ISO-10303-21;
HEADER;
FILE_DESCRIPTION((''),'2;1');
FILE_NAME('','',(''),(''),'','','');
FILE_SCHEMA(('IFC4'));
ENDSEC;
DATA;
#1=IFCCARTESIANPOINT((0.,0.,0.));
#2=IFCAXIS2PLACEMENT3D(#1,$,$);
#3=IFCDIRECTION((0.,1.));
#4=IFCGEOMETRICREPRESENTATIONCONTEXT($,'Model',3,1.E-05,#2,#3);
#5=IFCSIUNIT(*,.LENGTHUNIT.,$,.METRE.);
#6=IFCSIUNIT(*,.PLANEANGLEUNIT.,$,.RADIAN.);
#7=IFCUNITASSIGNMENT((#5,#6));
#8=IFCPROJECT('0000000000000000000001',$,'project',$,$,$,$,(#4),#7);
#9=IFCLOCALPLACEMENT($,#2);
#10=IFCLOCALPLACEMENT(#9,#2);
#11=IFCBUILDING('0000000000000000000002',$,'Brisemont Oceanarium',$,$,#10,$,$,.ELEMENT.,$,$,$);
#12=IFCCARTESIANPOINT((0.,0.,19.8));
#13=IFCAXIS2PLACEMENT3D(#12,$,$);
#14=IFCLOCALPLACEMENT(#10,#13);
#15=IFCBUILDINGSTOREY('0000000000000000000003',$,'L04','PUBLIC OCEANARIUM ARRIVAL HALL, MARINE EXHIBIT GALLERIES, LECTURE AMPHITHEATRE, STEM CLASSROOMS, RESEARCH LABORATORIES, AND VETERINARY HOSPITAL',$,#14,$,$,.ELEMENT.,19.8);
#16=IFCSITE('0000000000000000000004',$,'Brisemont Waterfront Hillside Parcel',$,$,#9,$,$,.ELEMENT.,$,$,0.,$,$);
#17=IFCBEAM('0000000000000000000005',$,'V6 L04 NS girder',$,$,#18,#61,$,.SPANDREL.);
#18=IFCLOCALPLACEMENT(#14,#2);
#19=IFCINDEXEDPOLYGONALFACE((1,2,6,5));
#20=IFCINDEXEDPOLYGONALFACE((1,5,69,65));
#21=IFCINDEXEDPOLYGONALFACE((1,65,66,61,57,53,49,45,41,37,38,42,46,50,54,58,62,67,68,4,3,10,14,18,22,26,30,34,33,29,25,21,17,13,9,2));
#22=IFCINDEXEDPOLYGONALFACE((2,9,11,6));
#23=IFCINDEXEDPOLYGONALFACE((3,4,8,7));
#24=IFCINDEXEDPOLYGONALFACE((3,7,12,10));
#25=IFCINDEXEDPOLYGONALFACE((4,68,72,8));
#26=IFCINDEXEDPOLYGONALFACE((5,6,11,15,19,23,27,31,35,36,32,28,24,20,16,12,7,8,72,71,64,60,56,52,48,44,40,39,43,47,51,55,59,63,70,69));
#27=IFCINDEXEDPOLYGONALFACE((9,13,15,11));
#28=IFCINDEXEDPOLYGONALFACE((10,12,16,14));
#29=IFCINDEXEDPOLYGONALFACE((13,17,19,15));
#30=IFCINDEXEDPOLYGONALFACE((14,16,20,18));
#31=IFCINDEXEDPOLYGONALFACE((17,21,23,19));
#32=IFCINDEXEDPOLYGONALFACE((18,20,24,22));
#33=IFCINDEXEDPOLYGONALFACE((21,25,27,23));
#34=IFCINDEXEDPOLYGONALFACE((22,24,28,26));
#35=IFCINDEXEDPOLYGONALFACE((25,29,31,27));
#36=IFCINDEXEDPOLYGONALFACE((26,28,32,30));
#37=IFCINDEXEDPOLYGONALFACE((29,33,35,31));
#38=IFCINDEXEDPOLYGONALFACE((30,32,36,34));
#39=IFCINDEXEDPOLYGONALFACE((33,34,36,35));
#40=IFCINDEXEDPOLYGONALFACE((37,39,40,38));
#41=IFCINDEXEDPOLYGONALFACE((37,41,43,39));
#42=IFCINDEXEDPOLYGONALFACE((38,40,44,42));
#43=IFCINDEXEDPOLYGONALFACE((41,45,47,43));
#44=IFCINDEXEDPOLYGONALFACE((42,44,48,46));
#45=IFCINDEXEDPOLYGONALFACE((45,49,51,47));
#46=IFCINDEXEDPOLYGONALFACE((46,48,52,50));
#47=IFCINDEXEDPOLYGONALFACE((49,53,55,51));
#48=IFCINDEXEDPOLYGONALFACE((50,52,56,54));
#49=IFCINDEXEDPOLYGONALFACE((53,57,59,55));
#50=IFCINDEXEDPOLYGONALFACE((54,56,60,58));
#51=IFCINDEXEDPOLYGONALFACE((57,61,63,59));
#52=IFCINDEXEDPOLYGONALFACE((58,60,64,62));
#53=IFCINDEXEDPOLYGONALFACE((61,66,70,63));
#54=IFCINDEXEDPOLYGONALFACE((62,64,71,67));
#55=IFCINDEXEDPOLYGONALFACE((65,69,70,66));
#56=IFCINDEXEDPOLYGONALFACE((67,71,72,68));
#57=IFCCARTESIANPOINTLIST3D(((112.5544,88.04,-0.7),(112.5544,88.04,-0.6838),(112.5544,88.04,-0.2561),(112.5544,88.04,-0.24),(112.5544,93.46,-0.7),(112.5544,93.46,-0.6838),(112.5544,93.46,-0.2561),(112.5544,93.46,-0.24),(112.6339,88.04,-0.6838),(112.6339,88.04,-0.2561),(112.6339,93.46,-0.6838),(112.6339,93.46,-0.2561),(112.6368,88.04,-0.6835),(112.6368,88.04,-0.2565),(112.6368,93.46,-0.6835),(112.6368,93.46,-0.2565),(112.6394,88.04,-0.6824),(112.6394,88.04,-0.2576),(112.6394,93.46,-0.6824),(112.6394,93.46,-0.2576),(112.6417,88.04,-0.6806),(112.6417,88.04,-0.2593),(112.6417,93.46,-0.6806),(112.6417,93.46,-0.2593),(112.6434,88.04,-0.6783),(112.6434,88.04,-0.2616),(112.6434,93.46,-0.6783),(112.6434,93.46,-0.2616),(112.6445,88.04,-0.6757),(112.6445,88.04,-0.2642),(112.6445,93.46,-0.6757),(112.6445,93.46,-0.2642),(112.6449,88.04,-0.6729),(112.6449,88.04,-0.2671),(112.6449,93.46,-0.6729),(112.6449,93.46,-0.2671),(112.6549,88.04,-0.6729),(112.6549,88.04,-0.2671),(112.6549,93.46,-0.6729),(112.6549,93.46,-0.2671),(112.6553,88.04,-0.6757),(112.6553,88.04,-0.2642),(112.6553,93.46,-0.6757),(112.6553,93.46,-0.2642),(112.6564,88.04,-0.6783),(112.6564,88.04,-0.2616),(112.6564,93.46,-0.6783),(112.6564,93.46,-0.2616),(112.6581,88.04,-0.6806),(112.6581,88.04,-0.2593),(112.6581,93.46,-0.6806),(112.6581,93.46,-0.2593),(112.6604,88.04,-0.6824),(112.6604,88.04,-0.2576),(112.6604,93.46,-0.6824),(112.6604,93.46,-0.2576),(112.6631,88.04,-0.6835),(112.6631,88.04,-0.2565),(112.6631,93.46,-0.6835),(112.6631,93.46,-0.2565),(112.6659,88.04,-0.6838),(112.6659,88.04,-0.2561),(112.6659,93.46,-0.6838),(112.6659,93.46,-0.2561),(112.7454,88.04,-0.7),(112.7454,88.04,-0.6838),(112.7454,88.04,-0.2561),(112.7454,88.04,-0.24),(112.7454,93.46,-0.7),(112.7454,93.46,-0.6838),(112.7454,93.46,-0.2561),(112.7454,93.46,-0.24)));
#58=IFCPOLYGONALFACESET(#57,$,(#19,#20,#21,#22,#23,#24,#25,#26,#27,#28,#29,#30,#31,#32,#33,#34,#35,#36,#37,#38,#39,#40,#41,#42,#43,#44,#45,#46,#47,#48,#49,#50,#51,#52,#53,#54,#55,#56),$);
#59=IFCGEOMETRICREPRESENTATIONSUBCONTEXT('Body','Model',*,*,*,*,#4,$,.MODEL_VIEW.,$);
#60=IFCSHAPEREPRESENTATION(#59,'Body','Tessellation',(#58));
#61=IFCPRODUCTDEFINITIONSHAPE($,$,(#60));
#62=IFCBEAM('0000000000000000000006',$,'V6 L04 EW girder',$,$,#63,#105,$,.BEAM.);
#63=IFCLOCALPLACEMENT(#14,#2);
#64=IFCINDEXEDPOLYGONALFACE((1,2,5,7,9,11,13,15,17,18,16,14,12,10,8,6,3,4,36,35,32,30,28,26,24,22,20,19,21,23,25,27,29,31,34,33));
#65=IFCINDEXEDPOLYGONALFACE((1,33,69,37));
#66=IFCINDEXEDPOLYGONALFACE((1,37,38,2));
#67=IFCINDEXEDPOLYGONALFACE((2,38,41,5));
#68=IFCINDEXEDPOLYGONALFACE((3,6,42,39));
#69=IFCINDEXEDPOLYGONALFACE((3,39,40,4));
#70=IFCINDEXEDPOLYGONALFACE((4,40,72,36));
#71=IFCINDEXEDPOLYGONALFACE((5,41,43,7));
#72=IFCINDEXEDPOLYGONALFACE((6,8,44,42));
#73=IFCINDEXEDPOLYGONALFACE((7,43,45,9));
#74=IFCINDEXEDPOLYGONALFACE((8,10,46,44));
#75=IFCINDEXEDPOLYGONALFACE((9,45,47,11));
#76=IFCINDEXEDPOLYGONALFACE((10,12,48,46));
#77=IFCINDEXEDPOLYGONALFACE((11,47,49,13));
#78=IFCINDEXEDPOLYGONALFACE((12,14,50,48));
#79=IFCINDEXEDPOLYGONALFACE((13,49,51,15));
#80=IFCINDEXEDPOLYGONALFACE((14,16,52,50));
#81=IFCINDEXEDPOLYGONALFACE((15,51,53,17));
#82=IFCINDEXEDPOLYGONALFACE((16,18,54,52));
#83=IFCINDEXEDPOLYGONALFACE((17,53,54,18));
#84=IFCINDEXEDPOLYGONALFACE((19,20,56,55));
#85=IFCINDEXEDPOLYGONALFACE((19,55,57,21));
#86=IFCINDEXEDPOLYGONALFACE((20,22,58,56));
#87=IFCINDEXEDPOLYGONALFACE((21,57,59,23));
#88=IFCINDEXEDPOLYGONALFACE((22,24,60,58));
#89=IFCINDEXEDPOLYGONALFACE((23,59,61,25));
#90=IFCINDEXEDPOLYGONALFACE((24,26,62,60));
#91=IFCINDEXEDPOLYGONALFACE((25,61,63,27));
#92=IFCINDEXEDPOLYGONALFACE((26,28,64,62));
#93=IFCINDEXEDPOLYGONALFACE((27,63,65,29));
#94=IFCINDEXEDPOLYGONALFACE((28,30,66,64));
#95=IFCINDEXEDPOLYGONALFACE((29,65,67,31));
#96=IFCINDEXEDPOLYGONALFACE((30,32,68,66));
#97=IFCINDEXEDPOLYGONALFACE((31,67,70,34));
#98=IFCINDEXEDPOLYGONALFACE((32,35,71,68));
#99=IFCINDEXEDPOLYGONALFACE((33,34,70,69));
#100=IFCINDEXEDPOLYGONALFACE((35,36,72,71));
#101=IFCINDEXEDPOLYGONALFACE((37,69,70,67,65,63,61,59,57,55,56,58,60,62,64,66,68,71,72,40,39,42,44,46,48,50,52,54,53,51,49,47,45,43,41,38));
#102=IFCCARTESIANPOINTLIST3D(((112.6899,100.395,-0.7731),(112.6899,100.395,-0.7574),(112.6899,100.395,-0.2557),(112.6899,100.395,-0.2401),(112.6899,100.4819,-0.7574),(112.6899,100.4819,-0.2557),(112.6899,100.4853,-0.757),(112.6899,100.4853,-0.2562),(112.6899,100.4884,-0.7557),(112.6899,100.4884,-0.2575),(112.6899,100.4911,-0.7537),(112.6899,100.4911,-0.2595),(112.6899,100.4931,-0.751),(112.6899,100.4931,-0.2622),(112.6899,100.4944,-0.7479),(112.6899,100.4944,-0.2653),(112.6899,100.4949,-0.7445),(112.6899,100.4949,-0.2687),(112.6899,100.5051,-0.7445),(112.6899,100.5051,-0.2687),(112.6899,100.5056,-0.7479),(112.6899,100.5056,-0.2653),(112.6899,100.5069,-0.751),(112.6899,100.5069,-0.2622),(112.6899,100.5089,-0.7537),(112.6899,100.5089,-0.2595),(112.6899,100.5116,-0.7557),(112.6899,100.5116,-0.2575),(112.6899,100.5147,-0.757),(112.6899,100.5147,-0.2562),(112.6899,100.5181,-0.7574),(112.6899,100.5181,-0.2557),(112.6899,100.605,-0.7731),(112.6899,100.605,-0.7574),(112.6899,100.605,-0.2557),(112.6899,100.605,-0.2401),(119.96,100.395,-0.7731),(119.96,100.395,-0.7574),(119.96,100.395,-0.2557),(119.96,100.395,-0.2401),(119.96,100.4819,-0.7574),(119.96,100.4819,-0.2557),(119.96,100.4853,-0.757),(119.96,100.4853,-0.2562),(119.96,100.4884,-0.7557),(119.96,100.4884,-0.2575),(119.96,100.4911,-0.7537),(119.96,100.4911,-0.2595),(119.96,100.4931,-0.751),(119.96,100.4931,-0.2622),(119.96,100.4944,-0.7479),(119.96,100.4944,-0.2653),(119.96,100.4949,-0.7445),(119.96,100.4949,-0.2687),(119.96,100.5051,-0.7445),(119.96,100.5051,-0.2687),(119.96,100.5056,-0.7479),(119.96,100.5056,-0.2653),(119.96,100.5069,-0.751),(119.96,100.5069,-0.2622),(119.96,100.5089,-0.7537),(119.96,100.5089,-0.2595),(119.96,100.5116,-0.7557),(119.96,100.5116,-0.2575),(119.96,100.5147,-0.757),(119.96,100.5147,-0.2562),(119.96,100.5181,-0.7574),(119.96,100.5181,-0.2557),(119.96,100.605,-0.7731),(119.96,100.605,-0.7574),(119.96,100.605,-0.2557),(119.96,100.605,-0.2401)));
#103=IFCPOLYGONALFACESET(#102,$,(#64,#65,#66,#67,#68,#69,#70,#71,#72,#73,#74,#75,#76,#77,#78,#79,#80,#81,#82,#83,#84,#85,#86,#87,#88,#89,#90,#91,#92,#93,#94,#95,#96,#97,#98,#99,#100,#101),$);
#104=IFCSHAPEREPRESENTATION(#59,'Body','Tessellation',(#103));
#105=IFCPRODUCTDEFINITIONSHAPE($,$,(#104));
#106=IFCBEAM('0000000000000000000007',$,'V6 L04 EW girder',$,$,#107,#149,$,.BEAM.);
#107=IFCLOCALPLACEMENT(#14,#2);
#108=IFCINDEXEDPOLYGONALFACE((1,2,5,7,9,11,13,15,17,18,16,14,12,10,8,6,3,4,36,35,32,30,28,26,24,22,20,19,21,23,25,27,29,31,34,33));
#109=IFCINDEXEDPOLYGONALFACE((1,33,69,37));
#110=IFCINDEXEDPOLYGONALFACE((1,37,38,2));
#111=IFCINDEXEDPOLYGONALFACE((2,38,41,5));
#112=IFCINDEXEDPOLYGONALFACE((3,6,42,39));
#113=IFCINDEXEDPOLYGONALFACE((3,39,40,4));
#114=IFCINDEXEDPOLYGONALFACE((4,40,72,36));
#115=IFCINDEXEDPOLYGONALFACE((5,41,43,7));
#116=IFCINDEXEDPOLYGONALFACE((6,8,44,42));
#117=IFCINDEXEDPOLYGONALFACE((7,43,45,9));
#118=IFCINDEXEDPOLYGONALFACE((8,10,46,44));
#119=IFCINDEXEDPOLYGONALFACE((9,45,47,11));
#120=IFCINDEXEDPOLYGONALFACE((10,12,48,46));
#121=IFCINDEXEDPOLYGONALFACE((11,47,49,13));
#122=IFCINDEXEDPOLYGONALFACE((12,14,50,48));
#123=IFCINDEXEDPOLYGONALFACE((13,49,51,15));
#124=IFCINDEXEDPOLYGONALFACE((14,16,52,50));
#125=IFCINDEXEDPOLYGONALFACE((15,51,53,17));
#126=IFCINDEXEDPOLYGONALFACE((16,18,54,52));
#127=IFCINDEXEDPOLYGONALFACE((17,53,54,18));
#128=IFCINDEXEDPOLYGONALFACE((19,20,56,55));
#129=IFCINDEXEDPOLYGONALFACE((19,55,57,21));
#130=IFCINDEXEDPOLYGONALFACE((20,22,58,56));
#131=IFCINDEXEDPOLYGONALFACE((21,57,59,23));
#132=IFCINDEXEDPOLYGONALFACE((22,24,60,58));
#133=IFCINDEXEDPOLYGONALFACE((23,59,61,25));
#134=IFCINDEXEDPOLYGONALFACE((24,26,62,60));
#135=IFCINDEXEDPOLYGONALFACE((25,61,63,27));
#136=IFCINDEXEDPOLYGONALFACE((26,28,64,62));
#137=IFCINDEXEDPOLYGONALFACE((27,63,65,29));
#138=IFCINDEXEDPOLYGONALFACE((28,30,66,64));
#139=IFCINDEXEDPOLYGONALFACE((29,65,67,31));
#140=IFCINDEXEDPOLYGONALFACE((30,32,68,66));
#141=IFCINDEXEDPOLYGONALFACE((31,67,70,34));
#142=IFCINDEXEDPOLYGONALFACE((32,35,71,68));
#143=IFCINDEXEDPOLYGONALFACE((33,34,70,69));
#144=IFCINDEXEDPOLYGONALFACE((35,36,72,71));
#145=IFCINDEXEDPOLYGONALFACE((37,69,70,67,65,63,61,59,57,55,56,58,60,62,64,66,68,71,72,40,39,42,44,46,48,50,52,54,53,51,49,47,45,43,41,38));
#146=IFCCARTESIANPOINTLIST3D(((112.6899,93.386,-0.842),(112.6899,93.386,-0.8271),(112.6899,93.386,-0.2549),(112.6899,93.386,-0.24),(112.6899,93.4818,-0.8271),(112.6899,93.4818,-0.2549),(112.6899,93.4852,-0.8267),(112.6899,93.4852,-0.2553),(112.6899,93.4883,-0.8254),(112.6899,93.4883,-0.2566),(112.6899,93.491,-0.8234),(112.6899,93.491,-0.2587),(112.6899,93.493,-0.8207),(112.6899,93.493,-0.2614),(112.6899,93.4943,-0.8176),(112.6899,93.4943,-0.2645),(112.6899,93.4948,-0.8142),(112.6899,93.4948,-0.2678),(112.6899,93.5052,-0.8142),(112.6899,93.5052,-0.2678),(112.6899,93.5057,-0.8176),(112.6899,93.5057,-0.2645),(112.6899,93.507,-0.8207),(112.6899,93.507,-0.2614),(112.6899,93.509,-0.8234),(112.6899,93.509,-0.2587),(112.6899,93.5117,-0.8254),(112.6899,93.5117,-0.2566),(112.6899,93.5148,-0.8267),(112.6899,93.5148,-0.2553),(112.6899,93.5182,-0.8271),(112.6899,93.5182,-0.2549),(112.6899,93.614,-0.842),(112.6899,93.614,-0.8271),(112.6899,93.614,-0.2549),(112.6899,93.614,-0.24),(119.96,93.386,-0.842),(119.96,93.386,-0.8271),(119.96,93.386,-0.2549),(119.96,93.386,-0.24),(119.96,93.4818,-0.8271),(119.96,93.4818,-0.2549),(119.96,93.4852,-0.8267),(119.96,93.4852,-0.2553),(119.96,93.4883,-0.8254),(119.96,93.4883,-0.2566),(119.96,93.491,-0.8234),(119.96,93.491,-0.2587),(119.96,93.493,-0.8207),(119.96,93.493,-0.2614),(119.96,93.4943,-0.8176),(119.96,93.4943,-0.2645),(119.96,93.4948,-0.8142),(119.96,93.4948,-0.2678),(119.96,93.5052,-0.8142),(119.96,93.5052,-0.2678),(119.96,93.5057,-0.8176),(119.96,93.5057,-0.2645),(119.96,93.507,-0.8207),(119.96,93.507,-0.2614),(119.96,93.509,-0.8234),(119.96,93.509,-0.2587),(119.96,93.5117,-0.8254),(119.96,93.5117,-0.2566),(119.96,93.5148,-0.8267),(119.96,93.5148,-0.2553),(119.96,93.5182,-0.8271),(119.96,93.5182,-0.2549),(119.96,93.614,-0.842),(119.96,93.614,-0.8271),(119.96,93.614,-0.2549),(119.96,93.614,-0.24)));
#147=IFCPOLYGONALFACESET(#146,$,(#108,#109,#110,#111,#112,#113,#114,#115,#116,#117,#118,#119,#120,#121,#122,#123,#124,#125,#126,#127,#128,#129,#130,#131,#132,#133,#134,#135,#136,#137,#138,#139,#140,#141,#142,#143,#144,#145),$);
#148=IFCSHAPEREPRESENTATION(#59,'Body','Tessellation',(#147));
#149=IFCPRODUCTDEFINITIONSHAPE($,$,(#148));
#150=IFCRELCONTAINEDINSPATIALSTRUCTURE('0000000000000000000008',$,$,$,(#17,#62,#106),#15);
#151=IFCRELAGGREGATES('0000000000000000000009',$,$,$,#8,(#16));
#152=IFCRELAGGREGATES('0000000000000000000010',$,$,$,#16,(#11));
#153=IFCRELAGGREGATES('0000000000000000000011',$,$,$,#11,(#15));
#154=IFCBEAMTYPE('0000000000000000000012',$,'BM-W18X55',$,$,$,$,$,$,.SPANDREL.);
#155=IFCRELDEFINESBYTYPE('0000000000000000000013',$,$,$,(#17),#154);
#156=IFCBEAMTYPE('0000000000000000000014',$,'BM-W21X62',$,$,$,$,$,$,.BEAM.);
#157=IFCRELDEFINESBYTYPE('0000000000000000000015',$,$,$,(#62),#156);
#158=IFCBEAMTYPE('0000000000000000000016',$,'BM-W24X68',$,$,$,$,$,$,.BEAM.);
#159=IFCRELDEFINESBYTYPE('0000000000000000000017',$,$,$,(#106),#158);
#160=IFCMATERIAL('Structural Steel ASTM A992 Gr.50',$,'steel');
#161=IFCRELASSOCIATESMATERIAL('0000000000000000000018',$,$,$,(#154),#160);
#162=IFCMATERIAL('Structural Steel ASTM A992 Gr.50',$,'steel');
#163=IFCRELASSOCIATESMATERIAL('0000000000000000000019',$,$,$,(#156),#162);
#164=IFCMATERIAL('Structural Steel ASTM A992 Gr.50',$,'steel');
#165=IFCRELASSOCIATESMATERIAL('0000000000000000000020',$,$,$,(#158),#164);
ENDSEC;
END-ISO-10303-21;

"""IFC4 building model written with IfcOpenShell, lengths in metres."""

from ifc_helpers import new_model, si_unit, direction, frame, origin, origin_2d, place, context, subcontext, project, spatial, i_section, extrude, material, material_profile, profile_set, type_object, element, save


model = new_model("IFC4")

# Units and contexts
model_context = context("Model", 3, precision=1e-05, world=origin(), true_north=direction((0.0, 1.0)))
body_context = subcontext(model_context, "Body", "Model", "MODEL_VIEW")
ifc_project = project(units=[si_unit("LENGTHUNIT", "METRE"), si_unit("PLANEANGLEUNIT", "RADIAN")], contexts=[model_context])

# Site, building, storey
site_placement = place(None, origin())
site = spatial("IfcSite", under=ifc_project, at=site_placement, Name="Brisemont Waterfront Hillside Parcel", CompositionType="ELEMENT", RefElevation=0.0)
building_placement = place(site_placement, origin())
building = spatial("IfcBuilding", under=site, at=building_placement, Name="Brisemont Oceanarium", CompositionType="ELEMENT")
storey_placement = place(building_placement, frame((0.0, 0.0, 19.8)))
storey = spatial("IfcBuildingStorey", under=building, at=storey_placement, Name="L04", Description="PUBLIC OCEANARIUM ARRIVAL HALL, MARINE EXHIBIT GALLERIES, LECTURE AMPHITHEATRE, STEM CLASSROOMS, RESEARCH LABORATORIES, AND VETERINARY HOSPITAL", CompositionType="ELEMENT", Elevation=19.8)

# Beams
ifc_material_1 = material(Name="Structural Steel ASTM A992 Gr.50", Category="steel")
ifc_material_profile_1 = material_profile(ifc_material_1, i_section(OverallWidth=0.1909, OverallDepth=0.46, WebThickness=0.01, FlangeThickness=0.0161, FilletRadius=0.011, at=origin_2d()), Name="W18X55")
ifc_profile_set_1 = profile_set([ifc_material_profile_1], Name="Structural Steel ASTM A992 Gr.50")
beam_type_1 = type_object("IfcBeamType", Name="BM-W18X55", PredefinedType="SPANDREL", material=ifc_profile_set_1)
beam_1_placement = place(storey_placement, frame((112.6499, 88.04, -0.47), z_axis=(0.0, 1.0, 0.0), x_axis=(-1.0, 0.0, 0.0)))
element("IfcBeam", 1, at=beam_1_placement, inside=storey, type_object=beam_type_1, Name="V6 L04 NS girder", PredefinedType="SPANDREL", context=body_context, shape_type="SweptSolid", body=[
    extrude(i_section(OverallWidth=0.1909, OverallDepth=0.46, WebThickness=0.01, FlangeThickness=0.0161, FilletRadius=0.011, at=origin_2d()), origin(), (0.0, 0.0, 1.0), 5.4199),
])
ifc_material_2 = material(Name="Structural Steel ASTM A992 Gr.50", Category="steel")
ifc_material_profile_2 = material_profile(ifc_material_2, i_section(OverallWidth=0.21, OverallDepth=0.533, WebThickness=0.0103, FlangeThickness=0.0156, FilletRadius=0.0129, at=origin_2d()), Name="W21X62")
ifc_profile_set_2 = profile_set([ifc_material_profile_2], Name="Structural Steel ASTM A992 Gr.50")
beam_type_2 = type_object("IfcBeamType", Name="BM-W21X62", PredefinedType="BEAM", material=ifc_profile_set_2)
beam_2_placement = place(storey_placement, frame((112.6899, 100.5, -0.5066), z_axis=(1.0, 0.0, 0.0), x_axis=(0.0, 1.0, 0.0)))
element("IfcBeam", 2, at=beam_2_placement, inside=storey, type_object=beam_type_2, Name="V6 L04 EW girder", PredefinedType="BEAM", context=body_context, shape_type="SweptSolid", body=[
    extrude(i_section(OverallWidth=0.21, OverallDepth=0.533, WebThickness=0.0103, FlangeThickness=0.0156, FilletRadius=0.0129, at=origin_2d()), origin(), (0.0, 0.0, 1.0), 7.27),
])
ifc_material_3 = material(Name="Structural Steel ASTM A992 Gr.50", Category="steel")
ifc_material_profile_3 = material_profile(ifc_material_3, i_section(OverallWidth=0.228, OverallDepth=0.6021, WebThickness=0.0105, FlangeThickness=0.0149, FilletRadius=0.0129, at=origin_2d()), Name="W24X68")
ifc_profile_set_3 = profile_set([ifc_material_profile_3], Name="Structural Steel ASTM A992 Gr.50")
beam_type_3 = type_object("IfcBeamType", Name="BM-W24X68", PredefinedType="BEAM", material=ifc_profile_set_3)
beam_3_placement = place(storey_placement, frame((112.6899, 93.5, -0.541), z_axis=(1.0, 0.0, 0.0), x_axis=(0.0, 1.0, 0.0)))
element("IfcBeam", 3, at=beam_3_placement, inside=storey, type_object=beam_type_3, Name="V6 L04 EW girder", PredefinedType="BEAM", context=body_context, shape_type="SweptSolid", body=[
    extrude(i_section(OverallWidth=0.228, OverallDepth=0.6021, WebThickness=0.0105, FlangeThickness=0.0149, FilletRadius=0.0129, at=origin_2d()), origin(), (0.0, 0.0, 1.0), 7.27),
])

save(model, "model.ifc")
